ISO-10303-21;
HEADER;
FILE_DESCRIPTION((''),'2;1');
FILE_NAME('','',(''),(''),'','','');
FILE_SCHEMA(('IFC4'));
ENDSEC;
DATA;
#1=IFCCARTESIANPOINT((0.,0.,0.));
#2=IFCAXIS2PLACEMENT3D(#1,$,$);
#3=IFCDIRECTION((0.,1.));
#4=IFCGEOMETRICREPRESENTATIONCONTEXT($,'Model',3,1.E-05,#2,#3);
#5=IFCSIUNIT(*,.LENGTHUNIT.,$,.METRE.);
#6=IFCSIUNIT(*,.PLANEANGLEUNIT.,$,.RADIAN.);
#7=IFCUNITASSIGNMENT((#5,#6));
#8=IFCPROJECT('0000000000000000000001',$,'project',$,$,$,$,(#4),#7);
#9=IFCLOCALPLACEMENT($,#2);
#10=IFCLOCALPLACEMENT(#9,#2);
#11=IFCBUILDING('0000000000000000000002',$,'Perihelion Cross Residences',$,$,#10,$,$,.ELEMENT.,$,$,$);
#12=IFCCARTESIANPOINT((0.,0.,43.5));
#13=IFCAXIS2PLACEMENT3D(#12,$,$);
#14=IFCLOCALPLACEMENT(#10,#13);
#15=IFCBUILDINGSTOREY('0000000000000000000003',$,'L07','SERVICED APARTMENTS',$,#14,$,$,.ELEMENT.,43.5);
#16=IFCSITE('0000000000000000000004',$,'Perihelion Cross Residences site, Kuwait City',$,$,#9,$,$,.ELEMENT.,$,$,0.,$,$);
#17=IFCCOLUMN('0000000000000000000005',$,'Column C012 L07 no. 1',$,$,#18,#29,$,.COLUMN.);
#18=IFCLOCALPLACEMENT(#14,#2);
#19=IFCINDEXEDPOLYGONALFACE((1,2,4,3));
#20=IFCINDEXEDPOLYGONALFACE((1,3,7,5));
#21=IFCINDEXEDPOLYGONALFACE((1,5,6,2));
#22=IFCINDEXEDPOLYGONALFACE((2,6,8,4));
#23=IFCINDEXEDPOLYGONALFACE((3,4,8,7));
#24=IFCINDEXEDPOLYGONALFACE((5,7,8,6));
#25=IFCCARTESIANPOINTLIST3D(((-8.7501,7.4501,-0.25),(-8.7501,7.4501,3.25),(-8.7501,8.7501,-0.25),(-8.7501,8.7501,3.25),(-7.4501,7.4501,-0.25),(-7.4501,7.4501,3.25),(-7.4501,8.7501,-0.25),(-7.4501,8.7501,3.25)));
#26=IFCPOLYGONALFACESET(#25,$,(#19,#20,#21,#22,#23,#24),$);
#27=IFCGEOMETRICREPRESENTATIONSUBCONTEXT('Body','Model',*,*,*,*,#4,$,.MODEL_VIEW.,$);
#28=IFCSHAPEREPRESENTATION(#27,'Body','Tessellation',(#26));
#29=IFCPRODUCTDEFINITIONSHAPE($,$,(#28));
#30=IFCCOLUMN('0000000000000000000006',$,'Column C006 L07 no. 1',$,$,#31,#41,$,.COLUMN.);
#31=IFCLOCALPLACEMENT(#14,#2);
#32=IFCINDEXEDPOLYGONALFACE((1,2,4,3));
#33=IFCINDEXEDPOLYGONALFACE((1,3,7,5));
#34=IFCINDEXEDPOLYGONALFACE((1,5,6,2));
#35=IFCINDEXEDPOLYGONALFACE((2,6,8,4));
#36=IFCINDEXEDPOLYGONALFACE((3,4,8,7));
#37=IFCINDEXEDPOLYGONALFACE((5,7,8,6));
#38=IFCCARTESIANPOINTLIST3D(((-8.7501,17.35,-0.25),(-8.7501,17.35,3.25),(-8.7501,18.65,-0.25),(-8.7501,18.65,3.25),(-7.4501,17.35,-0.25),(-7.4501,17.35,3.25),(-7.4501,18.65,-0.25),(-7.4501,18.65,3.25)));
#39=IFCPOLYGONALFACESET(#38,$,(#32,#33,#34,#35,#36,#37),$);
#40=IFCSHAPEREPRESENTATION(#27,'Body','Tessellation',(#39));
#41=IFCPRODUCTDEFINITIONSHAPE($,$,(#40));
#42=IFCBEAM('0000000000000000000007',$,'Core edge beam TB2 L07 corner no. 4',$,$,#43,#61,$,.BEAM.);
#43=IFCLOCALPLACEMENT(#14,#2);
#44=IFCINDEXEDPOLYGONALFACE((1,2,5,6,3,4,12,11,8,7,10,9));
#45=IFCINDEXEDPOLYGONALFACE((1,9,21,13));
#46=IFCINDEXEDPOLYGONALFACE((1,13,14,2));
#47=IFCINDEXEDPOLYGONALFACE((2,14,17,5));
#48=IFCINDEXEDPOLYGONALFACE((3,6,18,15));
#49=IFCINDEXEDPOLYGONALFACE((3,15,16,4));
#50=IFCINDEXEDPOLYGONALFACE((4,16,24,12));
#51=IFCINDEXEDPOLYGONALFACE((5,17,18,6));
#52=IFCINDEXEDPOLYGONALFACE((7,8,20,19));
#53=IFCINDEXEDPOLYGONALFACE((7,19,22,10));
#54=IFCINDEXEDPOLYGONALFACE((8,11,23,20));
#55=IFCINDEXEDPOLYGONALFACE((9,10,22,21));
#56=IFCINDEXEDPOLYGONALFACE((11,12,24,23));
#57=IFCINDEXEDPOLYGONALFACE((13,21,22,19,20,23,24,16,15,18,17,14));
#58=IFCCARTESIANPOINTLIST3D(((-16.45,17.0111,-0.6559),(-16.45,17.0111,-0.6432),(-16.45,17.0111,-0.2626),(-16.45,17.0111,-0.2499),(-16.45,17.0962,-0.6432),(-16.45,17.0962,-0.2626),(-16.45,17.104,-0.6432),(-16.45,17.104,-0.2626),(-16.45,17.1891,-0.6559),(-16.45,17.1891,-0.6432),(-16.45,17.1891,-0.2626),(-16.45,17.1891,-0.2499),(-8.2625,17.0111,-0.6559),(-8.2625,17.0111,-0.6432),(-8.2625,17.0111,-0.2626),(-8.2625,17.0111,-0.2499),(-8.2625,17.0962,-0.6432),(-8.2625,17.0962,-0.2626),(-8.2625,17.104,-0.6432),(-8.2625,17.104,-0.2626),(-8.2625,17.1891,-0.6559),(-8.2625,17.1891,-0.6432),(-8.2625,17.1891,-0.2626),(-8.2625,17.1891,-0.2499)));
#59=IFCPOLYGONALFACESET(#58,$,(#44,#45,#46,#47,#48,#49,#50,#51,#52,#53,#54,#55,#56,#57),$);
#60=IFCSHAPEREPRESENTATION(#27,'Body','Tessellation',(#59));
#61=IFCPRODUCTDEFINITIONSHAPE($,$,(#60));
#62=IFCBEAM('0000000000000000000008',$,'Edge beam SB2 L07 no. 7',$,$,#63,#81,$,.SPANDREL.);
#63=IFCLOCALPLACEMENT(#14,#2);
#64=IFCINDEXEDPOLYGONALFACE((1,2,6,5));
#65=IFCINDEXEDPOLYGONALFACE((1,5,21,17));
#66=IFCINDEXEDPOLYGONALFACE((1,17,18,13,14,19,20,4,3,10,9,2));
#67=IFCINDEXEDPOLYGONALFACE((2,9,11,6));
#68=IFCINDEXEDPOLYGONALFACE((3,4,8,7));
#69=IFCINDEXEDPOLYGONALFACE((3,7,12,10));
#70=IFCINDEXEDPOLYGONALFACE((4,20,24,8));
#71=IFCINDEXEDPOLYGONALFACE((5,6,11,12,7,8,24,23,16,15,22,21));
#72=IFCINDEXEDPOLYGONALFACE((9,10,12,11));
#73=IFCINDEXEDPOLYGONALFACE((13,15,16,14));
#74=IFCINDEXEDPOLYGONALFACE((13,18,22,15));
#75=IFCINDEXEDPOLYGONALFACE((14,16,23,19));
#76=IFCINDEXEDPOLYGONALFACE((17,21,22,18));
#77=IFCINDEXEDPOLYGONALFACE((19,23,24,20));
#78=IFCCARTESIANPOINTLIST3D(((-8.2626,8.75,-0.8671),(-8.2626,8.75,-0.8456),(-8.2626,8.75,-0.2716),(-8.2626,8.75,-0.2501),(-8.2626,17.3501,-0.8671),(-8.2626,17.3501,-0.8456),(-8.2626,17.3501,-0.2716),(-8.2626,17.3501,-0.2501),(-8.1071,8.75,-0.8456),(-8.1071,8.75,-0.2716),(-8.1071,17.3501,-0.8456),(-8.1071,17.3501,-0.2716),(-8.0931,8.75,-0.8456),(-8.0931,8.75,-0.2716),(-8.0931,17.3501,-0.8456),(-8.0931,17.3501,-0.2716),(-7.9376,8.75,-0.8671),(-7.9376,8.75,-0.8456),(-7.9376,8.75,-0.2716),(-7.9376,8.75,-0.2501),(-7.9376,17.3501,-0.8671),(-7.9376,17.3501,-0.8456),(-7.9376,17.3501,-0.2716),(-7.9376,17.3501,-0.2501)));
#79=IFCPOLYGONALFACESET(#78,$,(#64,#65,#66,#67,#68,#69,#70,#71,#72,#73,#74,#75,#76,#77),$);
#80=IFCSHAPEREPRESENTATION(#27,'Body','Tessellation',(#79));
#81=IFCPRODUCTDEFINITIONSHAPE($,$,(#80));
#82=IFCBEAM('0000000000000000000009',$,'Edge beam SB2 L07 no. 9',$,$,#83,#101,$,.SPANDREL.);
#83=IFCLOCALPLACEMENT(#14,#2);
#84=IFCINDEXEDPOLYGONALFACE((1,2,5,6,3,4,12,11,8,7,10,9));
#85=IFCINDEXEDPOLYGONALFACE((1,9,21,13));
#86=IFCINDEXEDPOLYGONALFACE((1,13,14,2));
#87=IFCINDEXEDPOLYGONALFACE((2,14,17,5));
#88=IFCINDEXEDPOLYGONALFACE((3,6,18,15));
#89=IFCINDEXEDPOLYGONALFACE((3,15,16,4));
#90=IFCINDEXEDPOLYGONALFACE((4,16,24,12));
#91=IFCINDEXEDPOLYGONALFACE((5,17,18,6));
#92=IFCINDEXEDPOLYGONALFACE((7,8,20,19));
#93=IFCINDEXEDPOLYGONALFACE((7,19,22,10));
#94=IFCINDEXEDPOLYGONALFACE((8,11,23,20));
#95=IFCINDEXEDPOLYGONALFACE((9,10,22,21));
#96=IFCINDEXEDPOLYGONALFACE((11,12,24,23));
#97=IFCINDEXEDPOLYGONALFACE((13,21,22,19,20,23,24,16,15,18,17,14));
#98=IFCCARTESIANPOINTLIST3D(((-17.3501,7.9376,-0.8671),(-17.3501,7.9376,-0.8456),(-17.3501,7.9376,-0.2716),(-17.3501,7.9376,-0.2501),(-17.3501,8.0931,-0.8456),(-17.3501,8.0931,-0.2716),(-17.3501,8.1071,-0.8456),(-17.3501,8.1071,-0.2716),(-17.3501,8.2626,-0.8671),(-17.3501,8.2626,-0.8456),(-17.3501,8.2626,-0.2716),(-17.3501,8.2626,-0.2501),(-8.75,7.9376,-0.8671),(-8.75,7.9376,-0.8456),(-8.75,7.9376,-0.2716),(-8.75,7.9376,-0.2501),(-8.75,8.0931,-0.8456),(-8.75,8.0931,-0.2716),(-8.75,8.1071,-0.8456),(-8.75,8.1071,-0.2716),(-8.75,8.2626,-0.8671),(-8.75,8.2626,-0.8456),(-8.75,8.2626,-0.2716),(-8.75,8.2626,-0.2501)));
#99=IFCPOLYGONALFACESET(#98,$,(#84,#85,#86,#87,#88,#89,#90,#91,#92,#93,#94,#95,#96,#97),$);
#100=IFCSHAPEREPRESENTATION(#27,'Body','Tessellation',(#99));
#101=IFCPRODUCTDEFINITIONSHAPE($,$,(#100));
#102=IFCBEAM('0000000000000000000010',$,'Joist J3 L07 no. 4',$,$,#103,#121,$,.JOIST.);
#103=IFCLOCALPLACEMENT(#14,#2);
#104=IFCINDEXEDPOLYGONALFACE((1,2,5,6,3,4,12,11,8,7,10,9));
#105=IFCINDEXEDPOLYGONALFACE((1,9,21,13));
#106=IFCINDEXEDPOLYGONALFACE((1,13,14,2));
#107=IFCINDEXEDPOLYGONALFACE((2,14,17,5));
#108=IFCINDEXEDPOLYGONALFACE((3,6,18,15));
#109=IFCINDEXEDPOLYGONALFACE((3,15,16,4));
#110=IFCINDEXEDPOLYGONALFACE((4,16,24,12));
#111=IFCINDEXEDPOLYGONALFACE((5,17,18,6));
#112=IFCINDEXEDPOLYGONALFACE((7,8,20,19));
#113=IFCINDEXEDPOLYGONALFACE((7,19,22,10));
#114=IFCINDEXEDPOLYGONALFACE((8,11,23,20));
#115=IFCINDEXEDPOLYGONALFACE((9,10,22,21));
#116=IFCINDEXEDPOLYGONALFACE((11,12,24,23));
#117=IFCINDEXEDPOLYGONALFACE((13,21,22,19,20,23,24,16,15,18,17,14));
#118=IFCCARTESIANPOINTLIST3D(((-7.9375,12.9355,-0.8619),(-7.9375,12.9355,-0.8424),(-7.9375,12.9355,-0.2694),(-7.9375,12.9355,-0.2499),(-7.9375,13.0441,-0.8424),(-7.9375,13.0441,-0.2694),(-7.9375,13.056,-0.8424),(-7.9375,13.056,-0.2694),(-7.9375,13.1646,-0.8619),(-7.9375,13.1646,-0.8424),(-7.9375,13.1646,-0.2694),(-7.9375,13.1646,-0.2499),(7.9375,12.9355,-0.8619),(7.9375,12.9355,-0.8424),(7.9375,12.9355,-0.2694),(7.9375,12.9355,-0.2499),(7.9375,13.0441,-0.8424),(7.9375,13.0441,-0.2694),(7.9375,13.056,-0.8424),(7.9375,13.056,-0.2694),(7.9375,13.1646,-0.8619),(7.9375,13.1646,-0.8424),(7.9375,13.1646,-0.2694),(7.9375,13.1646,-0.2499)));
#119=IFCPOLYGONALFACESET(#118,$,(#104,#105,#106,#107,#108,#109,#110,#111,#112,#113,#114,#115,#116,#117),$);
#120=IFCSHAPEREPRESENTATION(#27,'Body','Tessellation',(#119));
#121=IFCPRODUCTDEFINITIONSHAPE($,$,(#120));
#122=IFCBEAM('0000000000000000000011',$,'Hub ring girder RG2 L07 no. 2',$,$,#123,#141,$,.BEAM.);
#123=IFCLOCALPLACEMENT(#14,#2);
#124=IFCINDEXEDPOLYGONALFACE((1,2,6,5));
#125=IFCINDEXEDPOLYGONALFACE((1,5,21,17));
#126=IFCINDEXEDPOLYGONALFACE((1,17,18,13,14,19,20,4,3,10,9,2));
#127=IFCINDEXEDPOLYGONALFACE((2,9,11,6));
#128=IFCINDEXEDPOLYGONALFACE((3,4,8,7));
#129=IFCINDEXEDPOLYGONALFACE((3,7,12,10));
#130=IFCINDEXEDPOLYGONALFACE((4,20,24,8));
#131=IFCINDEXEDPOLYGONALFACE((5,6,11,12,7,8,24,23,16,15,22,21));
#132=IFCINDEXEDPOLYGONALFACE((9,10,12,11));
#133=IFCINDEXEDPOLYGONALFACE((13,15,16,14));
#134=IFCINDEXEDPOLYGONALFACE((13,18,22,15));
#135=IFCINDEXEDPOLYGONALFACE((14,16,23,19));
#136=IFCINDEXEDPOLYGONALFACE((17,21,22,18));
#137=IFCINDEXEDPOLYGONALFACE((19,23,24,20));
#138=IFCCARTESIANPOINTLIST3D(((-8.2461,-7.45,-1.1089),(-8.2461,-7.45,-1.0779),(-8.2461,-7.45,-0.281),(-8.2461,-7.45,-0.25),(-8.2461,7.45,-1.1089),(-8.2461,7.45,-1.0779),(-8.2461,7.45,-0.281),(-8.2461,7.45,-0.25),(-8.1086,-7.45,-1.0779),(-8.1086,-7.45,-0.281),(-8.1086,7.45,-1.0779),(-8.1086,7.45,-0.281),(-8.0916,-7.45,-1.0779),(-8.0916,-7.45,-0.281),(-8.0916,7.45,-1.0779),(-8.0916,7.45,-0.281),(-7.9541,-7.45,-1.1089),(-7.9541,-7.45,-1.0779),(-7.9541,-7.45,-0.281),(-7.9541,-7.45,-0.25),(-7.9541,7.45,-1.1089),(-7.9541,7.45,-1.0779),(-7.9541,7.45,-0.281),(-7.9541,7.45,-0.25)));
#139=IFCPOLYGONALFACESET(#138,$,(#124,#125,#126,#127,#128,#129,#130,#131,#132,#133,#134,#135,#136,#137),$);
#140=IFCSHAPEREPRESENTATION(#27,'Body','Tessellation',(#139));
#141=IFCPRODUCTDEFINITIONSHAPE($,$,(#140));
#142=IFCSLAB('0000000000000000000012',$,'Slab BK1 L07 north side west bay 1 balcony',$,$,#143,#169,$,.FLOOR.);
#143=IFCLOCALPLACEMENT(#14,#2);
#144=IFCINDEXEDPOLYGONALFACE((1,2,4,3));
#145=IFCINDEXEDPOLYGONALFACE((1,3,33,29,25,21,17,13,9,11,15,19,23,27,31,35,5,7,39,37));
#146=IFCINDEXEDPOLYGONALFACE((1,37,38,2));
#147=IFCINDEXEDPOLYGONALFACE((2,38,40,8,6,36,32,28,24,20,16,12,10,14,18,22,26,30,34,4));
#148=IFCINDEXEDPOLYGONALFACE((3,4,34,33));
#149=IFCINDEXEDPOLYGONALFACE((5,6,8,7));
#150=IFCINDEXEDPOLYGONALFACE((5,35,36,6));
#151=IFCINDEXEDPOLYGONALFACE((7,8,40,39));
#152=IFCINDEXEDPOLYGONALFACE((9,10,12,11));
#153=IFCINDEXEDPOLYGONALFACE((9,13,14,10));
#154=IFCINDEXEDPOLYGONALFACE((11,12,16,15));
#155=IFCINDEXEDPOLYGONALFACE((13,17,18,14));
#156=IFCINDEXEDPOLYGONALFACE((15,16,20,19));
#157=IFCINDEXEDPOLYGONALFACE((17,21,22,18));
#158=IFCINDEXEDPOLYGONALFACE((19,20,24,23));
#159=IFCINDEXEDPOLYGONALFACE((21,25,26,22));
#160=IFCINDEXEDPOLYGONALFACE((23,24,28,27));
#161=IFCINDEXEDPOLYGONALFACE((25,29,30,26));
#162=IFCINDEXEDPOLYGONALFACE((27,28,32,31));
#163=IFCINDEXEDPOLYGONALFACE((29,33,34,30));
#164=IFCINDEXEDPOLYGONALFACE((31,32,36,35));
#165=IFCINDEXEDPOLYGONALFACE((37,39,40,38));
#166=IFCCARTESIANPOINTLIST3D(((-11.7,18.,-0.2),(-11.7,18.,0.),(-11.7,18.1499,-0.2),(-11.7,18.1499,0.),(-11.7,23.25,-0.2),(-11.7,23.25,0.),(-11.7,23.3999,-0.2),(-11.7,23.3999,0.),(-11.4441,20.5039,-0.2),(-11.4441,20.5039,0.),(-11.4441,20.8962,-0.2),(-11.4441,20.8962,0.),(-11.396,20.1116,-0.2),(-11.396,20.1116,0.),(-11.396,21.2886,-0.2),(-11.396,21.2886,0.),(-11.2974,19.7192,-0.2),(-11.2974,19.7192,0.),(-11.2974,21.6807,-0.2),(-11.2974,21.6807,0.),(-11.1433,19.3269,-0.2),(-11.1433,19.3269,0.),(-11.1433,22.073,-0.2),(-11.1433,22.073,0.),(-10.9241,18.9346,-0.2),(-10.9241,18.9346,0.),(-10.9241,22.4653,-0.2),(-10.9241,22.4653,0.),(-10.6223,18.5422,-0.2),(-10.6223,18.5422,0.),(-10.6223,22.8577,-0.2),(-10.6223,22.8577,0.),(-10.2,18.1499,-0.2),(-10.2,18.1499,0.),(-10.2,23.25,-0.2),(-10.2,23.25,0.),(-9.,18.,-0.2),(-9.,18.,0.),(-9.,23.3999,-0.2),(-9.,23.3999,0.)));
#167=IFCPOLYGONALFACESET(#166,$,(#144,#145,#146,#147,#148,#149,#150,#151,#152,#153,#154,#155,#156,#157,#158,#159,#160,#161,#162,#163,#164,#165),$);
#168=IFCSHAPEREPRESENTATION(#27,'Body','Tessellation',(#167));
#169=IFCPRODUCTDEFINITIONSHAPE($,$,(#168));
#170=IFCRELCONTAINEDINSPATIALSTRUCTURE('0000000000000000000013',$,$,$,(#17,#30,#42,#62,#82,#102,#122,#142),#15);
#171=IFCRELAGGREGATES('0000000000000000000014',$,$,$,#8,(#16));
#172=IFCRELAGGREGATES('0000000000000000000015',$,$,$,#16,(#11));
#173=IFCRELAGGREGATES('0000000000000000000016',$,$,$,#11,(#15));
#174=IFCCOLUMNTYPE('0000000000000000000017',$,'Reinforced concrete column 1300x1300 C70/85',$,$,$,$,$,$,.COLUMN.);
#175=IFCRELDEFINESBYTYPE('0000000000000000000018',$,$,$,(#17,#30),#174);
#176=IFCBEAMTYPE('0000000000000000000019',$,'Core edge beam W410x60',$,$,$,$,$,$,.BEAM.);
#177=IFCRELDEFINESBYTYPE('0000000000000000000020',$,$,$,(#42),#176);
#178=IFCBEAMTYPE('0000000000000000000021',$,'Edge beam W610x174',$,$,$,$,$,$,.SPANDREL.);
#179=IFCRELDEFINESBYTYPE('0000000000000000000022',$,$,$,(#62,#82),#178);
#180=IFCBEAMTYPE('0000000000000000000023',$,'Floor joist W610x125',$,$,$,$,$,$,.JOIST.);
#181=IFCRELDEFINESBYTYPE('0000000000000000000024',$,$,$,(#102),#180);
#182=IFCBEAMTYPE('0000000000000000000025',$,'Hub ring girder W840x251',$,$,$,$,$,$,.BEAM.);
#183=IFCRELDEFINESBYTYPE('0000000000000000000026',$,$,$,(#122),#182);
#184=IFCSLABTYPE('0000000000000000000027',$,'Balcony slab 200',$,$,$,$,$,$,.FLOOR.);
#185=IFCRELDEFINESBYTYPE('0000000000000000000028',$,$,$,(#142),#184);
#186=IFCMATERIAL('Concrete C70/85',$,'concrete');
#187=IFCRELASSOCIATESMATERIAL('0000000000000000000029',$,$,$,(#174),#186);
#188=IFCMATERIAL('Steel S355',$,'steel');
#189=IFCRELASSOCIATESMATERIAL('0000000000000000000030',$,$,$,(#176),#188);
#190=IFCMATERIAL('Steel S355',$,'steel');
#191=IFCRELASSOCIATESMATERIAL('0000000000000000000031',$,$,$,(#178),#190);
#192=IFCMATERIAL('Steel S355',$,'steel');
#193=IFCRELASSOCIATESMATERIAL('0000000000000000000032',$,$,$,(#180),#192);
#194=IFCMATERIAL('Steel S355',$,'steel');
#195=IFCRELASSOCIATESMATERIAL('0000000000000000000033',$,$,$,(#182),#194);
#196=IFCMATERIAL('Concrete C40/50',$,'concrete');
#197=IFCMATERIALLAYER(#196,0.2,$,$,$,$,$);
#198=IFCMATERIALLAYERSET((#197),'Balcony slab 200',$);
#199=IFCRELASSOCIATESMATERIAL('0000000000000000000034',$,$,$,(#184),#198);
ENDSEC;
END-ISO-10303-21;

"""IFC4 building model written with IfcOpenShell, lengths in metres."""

from ifc_helpers import new_model, si_unit, direction, frame, origin, origin_2d, place, context, subcontext, project, spatial, polyline, rectangle, i_section, outline, extrude, material, layer, layer_set, material_profile, profile_set, type_object, element, save


model = new_model("IFC4")

# Units and contexts
model_context = context("Model", 3, precision=1e-05, world=origin(), true_north=direction((0.0, 1.0)))
body_context = subcontext(model_context, "Body", "Model", "MODEL_VIEW")
ifc_project = project(units=[si_unit("LENGTHUNIT", "METRE"), si_unit("PLANEANGLEUNIT", "RADIAN")], contexts=[model_context])

# Site, building, storey
site_placement = place(None, origin())
site = spatial("IfcSite", under=ifc_project, at=site_placement, Name="Perihelion Cross Residences site, Kuwait City", CompositionType="ELEMENT", RefElevation=0.0)
building_placement = place(site_placement, origin())
building = spatial("IfcBuilding", under=site, at=building_placement, Name="Perihelion Cross Residences", CompositionType="ELEMENT")
storey_placement = place(building_placement, frame((0.0, 0.0, 43.5)))
storey = spatial("IfcBuildingStorey", under=building, at=storey_placement, Name="L07", Description="SERVICED APARTMENTS", CompositionType="ELEMENT", Elevation=43.5)

# Columns
ifc_material_1 = material(Name="Concrete C70/85", Category="concrete")
ifc_material_profile_1 = material_profile(ifc_material_1, rectangle(XDim=1.3, YDim=1.3, at=origin_2d()), Name="RC 1300x1300")
ifc_profile_set_1 = profile_set([ifc_material_profile_1], Name="Concrete C70/85")
column_type = type_object("IfcColumnType", Name="Reinforced concrete column 1300x1300 C70/85", PredefinedType="COLUMN", material=ifc_profile_set_1)
for number, where, z_axis, x_axis, name in (
    (1, (-8.1001, 8.1001, -0.25), (0.0, 0.0, 1.0), (1.0, 0.0, 0.0), "Column C012 L07 no. 1"),
    (2, (-8.1001, 18.0, -0.25), (0.0, 0.0, 1.0), (1.0, 0.0, 0.0), "Column C006 L07 no. 1"),
):
    element("IfcColumn", number, at=place(storey_placement, frame(where, z_axis=z_axis, x_axis=x_axis)), inside=storey, type_object=column_type, Name=name, PredefinedType="COLUMN", context=body_context, shape_type="SweptSolid", body=[
        extrude(rectangle(XDim=1.3, YDim=1.3, at=origin_2d()), origin(), (0.0, 0.0, 1.0), 3.5),
    ])

# Beams
ifc_material_2 = material(Name="Steel S355", Category="steel")
ifc_material_profile_2 = material_profile(ifc_material_2, i_section(OverallWidth=0.178, OverallDepth=0.406, WebThickness=0.0078, FlangeThickness=0.0127, at=origin_2d()), Name="W410x60")
ifc_profile_set_2 = profile_set([ifc_material_profile_2], Name="Steel S355")
beam_type_1 = type_object("IfcBeamType", Name="Core edge beam W410x60", PredefinedType="BEAM", material=ifc_profile_set_2)
beam_1_placement = place(storey_placement, frame((-8.2625, 17.1001, -0.4529), z_axis=(-1.0, 0.0, 0.0), x_axis=(0.0, -1.0, 0.0)))
element("IfcBeam", 3, at=beam_1_placement, inside=storey, type_object=beam_type_1, Name="Core edge beam TB2 L07 corner no. 4", PredefinedType="BEAM", context=body_context, shape_type="SweptSolid", body=[
    extrude(i_section(OverallWidth=0.178, OverallDepth=0.406, WebThickness=0.0078, FlangeThickness=0.0127, at=origin_2d()), origin(), (0.0, 0.0, 1.0), 8.1875),
])
ifc_material_3 = material(Name="Steel S355", Category="steel")
ifc_material_profile_3 = material_profile(ifc_material_3, i_section(OverallWidth=0.325, OverallDepth=0.6169, WebThickness=0.0139, FlangeThickness=0.0215, at=origin_2d()), Name="W610x174")
ifc_profile_set_3 = profile_set([ifc_material_profile_3], Name="Steel S355")
beam_type_2 = type_object("IfcBeamType", Name="Edge beam W610x174", PredefinedType="SPANDREL", material=ifc_profile_set_3)
for number, where, z_axis, x_axis, name in (
    (4, (-8.1001, 17.3501, -0.5586), (0.0, -1.0, 0.0), (1.0, 0.0, 0.0), "Edge beam SB2 L07 no. 7"),
    (5, (-8.75, 8.1001, -0.5586), (-1.0, 0.0, 0.0), (0.0, -1.0, 0.0), "Edge beam SB2 L07 no. 9"),
):
    element("IfcBeam", number, at=place(storey_placement, frame(where, z_axis=z_axis, x_axis=x_axis)), inside=storey, type_object=beam_type_2, Name=name, PredefinedType="SPANDREL", context=body_context, shape_type="SweptSolid", body=[
        extrude(i_section(OverallWidth=0.325, OverallDepth=0.6169, WebThickness=0.0139, FlangeThickness=0.0215, at=origin_2d()), origin(), (0.0, 0.0, 1.0), 8.6001),
    ])
ifc_material_4 = material(Name="Steel S355", Category="steel")
ifc_material_profile_4 = material_profile(ifc_material_4, i_section(OverallWidth=0.229, OverallDepth=0.6121, WebThickness=0.012, FlangeThickness=0.0195, at=origin_2d()), Name="W610x125")
ifc_profile_set_4 = profile_set([ifc_material_profile_4], Name="Steel S355")
beam_type_3 = type_object("IfcBeamType", Name="Floor joist W610x125", PredefinedType="JOIST", material=ifc_profile_set_4)
beam_2_placement = place(storey_placement, frame((-7.9375, 13.05, -0.5559), z_axis=(1.0, 0.0, 0.0), x_axis=(0.0, 1.0, 0.0)))
element("IfcBeam", 6, at=beam_2_placement, inside=storey, type_object=beam_type_3, Name="Joist J3 L07 no. 4", PredefinedType="JOIST", context=body_context, shape_type="SweptSolid", body=[
    extrude(i_section(OverallWidth=0.229, OverallDepth=0.6121, WebThickness=0.012, FlangeThickness=0.0195, at=origin_2d()), origin(), (0.0, 0.0, 1.0), 15.875),
])
ifc_material_5 = material(Name="Steel S355", Category="steel")
ifc_material_profile_5 = material_profile(ifc_material_5, i_section(OverallWidth=0.292, OverallDepth=0.8589, WebThickness=0.0171, FlangeThickness=0.031, at=origin_2d()), Name="W840x251")
ifc_profile_set_5 = profile_set([ifc_material_profile_5], Name="Steel S355")
beam_type_4 = type_object("IfcBeamType", Name="Hub ring girder W840x251", PredefinedType="BEAM", material=ifc_profile_set_5)
beam_3_placement = place(storey_placement, frame((-8.1001, 7.45, -0.6794), z_axis=(0.0, -1.0, 0.0), x_axis=(1.0, 0.0, 0.0)))
element("IfcBeam", 7, at=beam_3_placement, inside=storey, type_object=beam_type_4, Name="Hub ring girder RG2 L07 no. 2", PredefinedType="BEAM", context=body_context, shape_type="SweptSolid", body=[
    extrude(i_section(OverallWidth=0.292, OverallDepth=0.8589, WebThickness=0.0171, FlangeThickness=0.031, at=origin_2d()), origin(), (0.0, 0.0, 1.0), 14.8999),
])

# Slab
ifc_material_6 = material(Name="Concrete C40/50", Category="concrete")
ifc_layer_1 = layer(ifc_material_6, 0.2)
ifc_layer_set_1 = layer_set([ifc_layer_1], Name="Balcony slab 200")
slab_type_1 = type_object("IfcSlabType", Name="Balcony slab 200", PredefinedType="FLOOR", material=ifc_layer_set_1)
slab_1_placement = place(storey_placement, frame((0.0, 0.0, -0.2)))
element("IfcSlab", 8, at=slab_1_placement, inside=storey, type_object=slab_type_1, Name="Slab BK1 L07 north side west bay 1 balcony", PredefinedType="FLOOR", context=body_context, shape_type="SweptSolid", body=[
    extrude(outline(polyline([(-9.0, 23.3999), (-9.0, 18.0), (-11.7, 18.0), (-11.7, 18.1499), (-10.2, 18.1499), (-10.6223, 18.5422), (-10.9241, 18.9346), (-11.1433, 19.3269), (-11.2974, 19.7192), (-11.396, 20.1116), (-11.4441, 20.5039), (-11.4441, 20.8962), (-11.396, 21.2886), (-11.2974, 21.6807), (-11.1433, 22.073), (-10.9241, 22.4653), (-10.6223, 22.8577), (-10.2, 23.25), (-11.7, 23.25), (-11.7, 23.3999), (-9.0, 23.3999)])), origin(), (0.0, 0.0, 1.0), 0.2),
])

save(model, "model.ifc")
